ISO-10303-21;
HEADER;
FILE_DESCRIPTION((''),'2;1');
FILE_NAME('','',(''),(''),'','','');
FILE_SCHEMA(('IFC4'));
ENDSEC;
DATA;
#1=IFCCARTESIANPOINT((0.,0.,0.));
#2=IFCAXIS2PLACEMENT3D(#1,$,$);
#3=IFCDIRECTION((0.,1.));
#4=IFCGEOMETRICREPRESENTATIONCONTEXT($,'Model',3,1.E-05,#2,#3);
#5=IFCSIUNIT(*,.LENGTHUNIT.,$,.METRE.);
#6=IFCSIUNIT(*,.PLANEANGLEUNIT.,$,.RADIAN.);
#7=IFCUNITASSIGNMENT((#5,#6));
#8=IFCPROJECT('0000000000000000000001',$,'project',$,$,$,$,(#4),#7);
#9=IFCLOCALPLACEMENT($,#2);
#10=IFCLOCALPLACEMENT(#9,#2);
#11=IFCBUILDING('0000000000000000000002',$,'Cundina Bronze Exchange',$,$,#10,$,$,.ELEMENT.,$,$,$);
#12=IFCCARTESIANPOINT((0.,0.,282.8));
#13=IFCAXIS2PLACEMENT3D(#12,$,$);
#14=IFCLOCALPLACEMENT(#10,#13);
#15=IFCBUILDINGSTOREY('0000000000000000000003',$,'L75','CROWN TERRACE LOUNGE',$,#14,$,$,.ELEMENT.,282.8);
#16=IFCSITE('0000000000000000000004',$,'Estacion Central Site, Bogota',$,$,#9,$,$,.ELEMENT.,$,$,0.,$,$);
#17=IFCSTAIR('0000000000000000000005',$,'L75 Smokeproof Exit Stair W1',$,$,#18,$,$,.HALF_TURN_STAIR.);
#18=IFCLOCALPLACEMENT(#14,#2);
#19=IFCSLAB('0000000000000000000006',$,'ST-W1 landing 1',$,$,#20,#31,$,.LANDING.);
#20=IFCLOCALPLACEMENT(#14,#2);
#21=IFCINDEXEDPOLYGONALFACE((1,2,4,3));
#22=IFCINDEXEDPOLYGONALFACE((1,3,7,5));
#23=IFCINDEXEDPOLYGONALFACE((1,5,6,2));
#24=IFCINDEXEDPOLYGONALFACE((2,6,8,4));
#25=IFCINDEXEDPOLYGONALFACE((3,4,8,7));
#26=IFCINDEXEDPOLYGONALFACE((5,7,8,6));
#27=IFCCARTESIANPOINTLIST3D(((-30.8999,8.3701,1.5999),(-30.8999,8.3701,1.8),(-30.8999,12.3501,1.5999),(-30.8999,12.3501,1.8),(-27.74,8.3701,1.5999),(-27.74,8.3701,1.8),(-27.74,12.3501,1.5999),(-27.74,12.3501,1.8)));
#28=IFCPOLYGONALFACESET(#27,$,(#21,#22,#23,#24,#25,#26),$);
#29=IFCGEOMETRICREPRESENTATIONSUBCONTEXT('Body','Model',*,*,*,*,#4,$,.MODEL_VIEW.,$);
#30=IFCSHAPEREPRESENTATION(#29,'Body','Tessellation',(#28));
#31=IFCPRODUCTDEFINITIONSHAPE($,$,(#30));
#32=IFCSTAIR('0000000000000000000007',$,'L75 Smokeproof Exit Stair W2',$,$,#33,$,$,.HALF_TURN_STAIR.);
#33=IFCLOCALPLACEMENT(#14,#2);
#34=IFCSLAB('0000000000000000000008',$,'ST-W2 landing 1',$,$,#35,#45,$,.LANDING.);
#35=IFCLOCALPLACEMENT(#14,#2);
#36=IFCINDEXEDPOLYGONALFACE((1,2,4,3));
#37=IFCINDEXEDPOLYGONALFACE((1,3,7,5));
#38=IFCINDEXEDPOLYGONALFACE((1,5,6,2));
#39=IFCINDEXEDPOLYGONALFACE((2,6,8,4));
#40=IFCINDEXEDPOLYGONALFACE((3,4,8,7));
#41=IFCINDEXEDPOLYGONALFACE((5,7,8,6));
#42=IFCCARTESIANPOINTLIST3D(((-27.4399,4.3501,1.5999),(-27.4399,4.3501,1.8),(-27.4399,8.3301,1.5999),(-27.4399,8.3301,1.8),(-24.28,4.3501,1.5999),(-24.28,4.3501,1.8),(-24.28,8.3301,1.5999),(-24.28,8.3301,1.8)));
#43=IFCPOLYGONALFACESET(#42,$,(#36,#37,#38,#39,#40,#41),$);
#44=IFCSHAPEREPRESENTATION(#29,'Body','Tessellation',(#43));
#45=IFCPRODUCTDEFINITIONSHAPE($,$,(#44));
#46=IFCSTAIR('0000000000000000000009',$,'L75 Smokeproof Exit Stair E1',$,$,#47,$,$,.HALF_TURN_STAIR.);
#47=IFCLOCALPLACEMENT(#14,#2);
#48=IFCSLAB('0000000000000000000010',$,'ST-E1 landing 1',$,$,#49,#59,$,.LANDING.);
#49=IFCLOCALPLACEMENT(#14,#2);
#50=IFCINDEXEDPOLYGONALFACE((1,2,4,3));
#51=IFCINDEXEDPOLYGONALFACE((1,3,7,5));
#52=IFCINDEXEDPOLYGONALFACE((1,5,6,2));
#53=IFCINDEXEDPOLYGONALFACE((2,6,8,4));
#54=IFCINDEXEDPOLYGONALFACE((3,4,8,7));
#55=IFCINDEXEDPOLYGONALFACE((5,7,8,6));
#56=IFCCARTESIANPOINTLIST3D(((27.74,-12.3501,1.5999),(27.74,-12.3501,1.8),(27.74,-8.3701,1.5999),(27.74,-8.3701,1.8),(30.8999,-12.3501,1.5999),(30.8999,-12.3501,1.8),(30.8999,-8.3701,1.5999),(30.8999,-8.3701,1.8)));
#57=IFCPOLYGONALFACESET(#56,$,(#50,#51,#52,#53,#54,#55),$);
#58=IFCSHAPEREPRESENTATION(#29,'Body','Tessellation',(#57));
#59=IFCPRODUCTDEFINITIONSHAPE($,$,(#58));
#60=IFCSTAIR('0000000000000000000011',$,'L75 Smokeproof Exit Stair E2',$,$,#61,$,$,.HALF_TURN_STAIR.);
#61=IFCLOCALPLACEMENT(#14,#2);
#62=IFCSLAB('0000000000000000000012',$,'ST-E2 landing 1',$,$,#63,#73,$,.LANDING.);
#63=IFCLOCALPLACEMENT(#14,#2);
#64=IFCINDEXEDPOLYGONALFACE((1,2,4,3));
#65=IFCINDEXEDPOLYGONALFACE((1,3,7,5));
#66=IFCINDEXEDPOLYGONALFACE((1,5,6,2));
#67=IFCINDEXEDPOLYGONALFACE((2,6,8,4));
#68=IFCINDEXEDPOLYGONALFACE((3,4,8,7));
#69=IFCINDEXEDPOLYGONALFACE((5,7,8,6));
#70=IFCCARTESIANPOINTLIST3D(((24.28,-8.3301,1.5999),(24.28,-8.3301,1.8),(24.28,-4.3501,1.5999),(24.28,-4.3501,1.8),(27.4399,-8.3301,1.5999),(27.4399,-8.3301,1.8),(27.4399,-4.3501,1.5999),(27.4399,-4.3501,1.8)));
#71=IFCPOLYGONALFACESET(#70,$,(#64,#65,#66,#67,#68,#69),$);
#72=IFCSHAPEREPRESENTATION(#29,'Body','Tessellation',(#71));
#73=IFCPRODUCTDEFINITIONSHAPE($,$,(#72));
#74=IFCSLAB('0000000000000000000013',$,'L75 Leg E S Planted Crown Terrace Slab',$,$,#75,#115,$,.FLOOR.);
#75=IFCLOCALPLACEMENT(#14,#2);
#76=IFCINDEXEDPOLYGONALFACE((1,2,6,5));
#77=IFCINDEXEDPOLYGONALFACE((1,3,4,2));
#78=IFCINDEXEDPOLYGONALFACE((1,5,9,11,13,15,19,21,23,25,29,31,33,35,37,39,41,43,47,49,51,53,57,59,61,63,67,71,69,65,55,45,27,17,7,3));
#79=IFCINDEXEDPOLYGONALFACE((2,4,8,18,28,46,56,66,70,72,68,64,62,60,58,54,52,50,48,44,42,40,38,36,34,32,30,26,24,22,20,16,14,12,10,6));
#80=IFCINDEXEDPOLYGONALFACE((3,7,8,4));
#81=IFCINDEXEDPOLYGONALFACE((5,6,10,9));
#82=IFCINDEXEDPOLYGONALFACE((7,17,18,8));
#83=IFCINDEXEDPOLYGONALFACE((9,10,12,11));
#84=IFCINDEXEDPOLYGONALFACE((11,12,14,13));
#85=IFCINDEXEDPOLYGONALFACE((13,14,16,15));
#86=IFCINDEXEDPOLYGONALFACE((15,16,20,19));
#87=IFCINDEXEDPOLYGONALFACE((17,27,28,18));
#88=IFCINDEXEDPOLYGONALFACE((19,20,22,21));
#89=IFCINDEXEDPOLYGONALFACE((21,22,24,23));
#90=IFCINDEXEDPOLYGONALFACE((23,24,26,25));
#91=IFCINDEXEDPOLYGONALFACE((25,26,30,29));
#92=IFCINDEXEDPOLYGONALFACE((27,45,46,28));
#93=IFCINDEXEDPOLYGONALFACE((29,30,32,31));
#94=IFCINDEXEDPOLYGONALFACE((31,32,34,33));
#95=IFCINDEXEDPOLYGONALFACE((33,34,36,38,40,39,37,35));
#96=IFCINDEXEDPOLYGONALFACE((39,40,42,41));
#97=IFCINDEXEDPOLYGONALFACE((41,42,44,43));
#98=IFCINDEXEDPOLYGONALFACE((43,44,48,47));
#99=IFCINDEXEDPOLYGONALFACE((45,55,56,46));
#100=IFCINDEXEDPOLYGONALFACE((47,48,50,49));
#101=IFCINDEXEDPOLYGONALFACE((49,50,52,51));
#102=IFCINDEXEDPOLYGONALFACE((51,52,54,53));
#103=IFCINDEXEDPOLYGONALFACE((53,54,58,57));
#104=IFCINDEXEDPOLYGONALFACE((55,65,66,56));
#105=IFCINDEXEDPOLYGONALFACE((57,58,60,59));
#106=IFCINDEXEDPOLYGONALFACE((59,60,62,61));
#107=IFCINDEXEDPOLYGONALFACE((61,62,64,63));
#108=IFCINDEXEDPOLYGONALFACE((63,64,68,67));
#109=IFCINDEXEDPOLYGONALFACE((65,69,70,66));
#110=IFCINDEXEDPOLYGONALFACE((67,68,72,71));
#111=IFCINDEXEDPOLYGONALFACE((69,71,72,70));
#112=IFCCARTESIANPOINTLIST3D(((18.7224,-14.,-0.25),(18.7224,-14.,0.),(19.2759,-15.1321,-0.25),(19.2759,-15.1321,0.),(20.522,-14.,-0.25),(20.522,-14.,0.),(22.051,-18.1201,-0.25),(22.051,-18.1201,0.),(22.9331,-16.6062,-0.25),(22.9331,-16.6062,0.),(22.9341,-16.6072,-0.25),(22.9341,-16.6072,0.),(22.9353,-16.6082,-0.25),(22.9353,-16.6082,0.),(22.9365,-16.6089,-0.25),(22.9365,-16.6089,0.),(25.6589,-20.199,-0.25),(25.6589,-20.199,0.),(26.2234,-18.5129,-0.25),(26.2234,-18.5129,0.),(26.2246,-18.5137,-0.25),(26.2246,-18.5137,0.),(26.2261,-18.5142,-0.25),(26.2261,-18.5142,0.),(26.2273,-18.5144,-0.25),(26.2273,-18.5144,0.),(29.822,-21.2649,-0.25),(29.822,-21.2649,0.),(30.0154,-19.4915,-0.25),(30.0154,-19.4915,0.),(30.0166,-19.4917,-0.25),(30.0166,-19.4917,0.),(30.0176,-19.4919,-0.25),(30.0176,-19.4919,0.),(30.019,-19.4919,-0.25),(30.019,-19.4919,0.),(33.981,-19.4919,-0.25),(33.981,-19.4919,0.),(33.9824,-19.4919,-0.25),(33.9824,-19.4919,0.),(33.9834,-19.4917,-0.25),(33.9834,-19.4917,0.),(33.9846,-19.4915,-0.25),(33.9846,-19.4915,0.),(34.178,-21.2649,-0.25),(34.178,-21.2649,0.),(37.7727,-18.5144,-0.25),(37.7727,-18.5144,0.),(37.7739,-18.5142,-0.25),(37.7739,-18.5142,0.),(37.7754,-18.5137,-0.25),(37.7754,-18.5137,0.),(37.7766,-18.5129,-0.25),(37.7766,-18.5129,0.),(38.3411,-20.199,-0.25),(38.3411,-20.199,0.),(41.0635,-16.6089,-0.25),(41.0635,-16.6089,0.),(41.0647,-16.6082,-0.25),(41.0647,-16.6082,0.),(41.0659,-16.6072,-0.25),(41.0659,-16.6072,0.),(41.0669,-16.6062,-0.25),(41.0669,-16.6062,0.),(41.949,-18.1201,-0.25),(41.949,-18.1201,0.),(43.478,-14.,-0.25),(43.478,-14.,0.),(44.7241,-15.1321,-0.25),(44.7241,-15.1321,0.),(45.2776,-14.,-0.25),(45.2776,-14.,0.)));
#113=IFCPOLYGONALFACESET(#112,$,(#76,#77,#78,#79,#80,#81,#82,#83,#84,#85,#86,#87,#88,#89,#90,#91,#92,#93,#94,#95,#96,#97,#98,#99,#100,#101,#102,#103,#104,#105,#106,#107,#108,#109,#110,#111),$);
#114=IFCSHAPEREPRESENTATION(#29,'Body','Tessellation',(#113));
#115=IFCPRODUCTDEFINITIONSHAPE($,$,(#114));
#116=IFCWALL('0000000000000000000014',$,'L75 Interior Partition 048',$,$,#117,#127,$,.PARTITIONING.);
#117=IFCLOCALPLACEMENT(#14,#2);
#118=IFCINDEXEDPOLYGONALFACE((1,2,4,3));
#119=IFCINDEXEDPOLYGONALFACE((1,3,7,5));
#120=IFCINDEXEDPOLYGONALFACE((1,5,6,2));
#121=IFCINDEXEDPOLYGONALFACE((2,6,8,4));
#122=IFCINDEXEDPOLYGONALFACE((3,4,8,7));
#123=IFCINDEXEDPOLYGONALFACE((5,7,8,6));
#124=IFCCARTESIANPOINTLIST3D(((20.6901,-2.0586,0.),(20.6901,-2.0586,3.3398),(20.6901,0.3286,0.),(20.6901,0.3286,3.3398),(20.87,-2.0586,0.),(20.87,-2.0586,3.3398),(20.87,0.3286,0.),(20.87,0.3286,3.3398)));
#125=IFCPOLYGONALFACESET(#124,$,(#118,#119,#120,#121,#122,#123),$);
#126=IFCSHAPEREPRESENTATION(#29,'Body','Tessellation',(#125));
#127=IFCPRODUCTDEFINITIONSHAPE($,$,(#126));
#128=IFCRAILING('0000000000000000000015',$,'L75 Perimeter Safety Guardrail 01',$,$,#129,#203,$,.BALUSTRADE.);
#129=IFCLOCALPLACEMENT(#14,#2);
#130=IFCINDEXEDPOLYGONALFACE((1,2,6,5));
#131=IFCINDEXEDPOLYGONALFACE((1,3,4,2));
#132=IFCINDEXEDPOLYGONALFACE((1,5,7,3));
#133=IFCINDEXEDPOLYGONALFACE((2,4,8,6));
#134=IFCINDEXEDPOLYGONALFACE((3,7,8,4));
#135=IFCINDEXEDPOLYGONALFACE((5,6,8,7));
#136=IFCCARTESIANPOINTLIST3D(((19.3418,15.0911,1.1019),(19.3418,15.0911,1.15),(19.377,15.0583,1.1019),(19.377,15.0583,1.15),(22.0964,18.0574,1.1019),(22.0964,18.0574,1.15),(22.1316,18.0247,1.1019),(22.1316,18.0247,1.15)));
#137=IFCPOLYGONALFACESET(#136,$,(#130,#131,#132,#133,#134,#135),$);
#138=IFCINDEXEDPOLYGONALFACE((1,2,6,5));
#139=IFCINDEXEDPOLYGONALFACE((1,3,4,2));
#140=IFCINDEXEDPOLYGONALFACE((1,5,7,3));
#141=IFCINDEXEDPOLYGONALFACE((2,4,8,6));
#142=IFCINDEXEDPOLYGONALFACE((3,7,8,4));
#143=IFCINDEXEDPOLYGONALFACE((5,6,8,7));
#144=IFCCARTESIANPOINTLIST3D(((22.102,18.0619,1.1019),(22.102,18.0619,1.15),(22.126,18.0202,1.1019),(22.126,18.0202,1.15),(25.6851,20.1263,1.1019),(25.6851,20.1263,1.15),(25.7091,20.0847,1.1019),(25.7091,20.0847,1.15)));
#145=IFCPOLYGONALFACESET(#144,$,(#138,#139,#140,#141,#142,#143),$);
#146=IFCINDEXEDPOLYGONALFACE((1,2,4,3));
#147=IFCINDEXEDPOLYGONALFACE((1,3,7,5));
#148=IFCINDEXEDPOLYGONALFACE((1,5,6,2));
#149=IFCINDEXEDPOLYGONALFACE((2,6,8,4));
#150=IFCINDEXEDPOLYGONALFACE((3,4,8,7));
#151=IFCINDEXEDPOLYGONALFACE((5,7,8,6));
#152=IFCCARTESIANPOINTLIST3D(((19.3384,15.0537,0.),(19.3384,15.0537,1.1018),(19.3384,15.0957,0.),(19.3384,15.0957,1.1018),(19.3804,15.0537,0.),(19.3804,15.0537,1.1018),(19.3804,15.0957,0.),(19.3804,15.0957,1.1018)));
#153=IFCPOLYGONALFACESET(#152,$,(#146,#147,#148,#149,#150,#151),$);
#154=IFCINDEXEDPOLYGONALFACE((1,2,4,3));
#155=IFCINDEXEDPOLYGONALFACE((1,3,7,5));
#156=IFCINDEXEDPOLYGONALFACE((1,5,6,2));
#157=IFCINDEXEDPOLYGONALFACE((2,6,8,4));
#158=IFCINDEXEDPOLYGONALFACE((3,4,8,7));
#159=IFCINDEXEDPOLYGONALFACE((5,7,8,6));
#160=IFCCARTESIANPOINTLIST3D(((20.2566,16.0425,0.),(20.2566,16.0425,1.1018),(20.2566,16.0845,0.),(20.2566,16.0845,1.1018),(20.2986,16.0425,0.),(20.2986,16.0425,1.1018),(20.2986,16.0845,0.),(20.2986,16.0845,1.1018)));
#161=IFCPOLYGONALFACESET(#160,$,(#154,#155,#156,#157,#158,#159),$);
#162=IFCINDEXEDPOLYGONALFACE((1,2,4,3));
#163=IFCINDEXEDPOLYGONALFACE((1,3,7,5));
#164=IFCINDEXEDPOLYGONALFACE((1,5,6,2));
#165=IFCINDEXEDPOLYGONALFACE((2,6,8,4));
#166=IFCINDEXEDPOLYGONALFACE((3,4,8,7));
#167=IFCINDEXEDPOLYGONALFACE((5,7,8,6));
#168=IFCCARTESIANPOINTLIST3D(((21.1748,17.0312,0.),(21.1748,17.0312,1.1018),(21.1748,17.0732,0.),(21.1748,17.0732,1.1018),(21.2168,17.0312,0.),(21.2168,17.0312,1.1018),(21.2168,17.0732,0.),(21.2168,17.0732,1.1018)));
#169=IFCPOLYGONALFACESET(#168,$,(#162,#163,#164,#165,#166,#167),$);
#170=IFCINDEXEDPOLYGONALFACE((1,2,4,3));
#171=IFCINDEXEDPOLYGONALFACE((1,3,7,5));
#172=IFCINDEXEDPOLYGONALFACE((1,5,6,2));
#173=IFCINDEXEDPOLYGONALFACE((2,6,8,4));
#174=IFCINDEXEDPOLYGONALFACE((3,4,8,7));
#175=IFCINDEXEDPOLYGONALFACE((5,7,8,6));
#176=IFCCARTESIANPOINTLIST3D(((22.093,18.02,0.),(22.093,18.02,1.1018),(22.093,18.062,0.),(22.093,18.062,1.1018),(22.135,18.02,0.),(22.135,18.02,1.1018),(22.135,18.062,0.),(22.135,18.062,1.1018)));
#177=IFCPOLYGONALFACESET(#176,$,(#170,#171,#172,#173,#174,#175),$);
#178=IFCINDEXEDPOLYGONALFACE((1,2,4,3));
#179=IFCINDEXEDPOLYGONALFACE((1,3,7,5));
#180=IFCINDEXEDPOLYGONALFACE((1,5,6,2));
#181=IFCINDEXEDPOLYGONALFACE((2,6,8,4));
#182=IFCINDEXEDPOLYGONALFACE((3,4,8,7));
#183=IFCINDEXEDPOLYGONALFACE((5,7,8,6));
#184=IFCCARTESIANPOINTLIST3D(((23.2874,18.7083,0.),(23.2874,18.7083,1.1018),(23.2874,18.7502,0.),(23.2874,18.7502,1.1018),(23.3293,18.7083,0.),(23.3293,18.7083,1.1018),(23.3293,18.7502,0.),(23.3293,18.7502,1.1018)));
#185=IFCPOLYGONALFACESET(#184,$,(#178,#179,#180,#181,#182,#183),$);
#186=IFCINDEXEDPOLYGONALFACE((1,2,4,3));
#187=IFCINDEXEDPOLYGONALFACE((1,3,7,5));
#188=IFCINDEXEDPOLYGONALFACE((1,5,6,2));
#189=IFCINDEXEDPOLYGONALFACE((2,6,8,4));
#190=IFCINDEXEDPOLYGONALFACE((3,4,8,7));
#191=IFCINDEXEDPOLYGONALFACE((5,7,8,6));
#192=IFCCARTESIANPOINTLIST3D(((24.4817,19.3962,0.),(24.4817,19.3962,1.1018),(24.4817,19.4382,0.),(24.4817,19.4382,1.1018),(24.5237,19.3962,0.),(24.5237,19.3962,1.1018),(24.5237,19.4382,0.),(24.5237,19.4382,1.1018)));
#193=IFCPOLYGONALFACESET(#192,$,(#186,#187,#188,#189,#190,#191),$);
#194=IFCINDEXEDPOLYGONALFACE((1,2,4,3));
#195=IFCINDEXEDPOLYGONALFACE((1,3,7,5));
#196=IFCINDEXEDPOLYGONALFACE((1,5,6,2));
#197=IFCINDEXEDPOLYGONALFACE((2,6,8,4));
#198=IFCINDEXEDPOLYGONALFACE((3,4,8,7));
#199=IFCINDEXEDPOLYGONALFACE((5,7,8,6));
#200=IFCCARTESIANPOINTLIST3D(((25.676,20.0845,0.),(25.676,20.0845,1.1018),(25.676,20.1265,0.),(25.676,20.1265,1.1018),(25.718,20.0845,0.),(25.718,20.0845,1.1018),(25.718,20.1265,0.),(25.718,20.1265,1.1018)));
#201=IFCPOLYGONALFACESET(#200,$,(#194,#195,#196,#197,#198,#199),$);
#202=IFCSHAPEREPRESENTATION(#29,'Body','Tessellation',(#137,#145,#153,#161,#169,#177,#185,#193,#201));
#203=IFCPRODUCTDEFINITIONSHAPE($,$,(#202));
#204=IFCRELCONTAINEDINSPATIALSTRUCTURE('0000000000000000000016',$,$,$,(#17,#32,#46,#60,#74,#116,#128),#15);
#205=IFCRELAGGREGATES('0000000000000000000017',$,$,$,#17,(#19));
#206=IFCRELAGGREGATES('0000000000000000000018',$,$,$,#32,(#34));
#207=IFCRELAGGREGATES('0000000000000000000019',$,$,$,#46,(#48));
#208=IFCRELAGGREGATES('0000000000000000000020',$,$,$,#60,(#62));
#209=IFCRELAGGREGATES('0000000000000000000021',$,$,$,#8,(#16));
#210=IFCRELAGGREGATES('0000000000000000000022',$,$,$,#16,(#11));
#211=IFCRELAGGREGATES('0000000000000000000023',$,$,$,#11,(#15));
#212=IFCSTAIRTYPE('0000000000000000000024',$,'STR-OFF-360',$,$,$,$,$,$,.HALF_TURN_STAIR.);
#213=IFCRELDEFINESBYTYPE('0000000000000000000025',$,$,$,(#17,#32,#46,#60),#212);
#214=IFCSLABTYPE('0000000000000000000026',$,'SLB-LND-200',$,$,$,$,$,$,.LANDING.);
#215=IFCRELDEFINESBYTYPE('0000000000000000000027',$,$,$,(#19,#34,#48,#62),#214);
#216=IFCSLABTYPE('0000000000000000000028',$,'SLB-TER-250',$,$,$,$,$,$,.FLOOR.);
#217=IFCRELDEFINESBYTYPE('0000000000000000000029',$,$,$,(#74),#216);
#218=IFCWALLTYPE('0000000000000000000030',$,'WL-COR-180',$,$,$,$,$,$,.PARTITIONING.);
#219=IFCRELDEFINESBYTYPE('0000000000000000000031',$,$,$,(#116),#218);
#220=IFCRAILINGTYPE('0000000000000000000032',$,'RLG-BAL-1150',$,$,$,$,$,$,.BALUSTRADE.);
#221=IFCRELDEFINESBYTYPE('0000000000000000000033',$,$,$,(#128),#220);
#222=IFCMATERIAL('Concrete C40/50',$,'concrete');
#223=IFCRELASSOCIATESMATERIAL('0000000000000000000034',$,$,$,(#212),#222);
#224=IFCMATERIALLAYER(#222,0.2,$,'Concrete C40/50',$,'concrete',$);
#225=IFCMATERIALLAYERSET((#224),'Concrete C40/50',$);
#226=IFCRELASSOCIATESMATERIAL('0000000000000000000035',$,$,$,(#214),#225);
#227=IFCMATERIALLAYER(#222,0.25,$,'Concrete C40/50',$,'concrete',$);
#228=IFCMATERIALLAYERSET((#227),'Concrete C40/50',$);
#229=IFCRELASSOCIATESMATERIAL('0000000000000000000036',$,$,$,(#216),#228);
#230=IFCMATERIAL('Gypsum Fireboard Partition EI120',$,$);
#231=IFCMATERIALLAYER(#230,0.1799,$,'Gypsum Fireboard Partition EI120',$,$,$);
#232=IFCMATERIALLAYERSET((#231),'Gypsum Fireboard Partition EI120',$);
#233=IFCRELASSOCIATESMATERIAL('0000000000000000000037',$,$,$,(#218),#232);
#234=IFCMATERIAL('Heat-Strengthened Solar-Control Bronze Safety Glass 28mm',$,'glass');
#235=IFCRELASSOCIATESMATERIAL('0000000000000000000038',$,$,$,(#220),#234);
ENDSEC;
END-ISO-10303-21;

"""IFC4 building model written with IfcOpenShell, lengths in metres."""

from ifc_helpers import new_model, si_unit, direction, frame, frame_2d, origin, origin_2d, place, context, subcontext, project, spatial, polyline, rectangle, outline, extrude, material, layer, layer_set, type_object, element, aggregate, save


model = new_model("IFC4")

# Units and contexts
model_context = context("Model", 3, precision=1e-05, world=origin(), true_north=direction((0.0, 1.0)))
body_context = subcontext(model_context, "Body", "Model", "MODEL_VIEW")
ifc_project = project(units=[si_unit("LENGTHUNIT", "METRE"), si_unit("PLANEANGLEUNIT", "RADIAN")], contexts=[model_context])

# Site, building, storey
site_placement = place(None, origin())
site = spatial("IfcSite", under=ifc_project, at=site_placement, Name="Estacion Central Site, Bogota", CompositionType="ELEMENT", RefElevation=0.0)
building_placement = place(site_placement, origin())
building = spatial("IfcBuilding", under=site, at=building_placement, Name="Cundina Bronze Exchange", CompositionType="ELEMENT")
storey_placement = place(building_placement, frame((0.0, 0.0, 282.8)))
storey = spatial("IfcBuildingStorey", under=building, at=storey_placement, Name="L75", Description="CROWN TERRACE LOUNGE", CompositionType="ELEMENT", Elevation=282.8)

# Stairs, slabs
ifc_material_1 = material(Name="Concrete C40/50", Category="concrete")
stair_type = type_object("IfcStairType", Name="STR-OFF-360", PredefinedType="HALF_TURN_STAIR", material=ifc_material_1)
stair_1_placement = place(storey_placement, origin())
stair_1 = element("IfcStair", 1, at=stair_1_placement, inside=storey, type_object=stair_type, Name="L75 Smokeproof Exit Stair W1", PredefinedType="HALF_TURN_STAIR")
ifc_layer_1 = layer(ifc_material_1, 0.2, Name="Concrete C40/50", Category="concrete")
ifc_layer_set_1 = layer_set([ifc_layer_1], Name="Concrete C40/50")
slab_type_1 = type_object("IfcSlabType", Name="SLB-LND-200", PredefinedType="LANDING", material=ifc_layer_set_1)
slab_1_placement = place(storey_placement, frame((0.0, 0.0, 1.5999)))
slab_1 = element("IfcSlab", 2, at=slab_1_placement, type_object=slab_type_1, Name="ST-W1 landing 1", PredefinedType="LANDING", context=body_context, shape_type="SweptSolid", body=[
    extrude(outline(polyline([(-27.74, 8.3701), (-27.74, 12.3501), (-30.8999, 12.3501), (-30.8999, 8.3701), (-27.74, 8.3701)])), origin(), (0.0, 0.0, 1.0), 0.2002),
])
aggregate(stair_1, [slab_1])
stair_2_placement = place(storey_placement, origin())
stair_2 = element("IfcStair", 3, at=stair_2_placement, inside=storey, type_object=stair_type, Name="L75 Smokeproof Exit Stair W2", PredefinedType="HALF_TURN_STAIR")
slab_2_placement = place(storey_placement, frame((0.0, 0.0, 1.5999)))
slab_2 = element("IfcSlab", 4, at=slab_2_placement, type_object=slab_type_1, Name="ST-W2 landing 1", PredefinedType="LANDING", context=body_context, shape_type="SweptSolid", body=[
    extrude(outline(polyline([(-27.4399, 8.3301), (-27.4399, 4.3501), (-24.28, 4.3501), (-24.28, 8.3301), (-27.4399, 8.3301)])), origin(), (0.0, 0.0, 1.0), 0.2002),
])
aggregate(stair_2, [slab_2])
stair_3_placement = place(storey_placement, origin())
stair_3 = element("IfcStair", 5, at=stair_3_placement, inside=storey, type_object=stair_type, Name="L75 Smokeproof Exit Stair E1", PredefinedType="HALF_TURN_STAIR")
slab_3_placement = place(storey_placement, frame((0.0, 0.0, 1.5999)))
slab_3 = element("IfcSlab", 6, at=slab_3_placement, type_object=slab_type_1, Name="ST-E1 landing 1", PredefinedType="LANDING", context=body_context, shape_type="SweptSolid", body=[
    extrude(outline(polyline([(27.74, -8.3701), (27.74, -12.3501), (30.8999, -12.3501), (30.8999, -8.3701), (27.74, -8.3701)])), origin(), (0.0, 0.0, 1.0), 0.2002),
])
aggregate(stair_3, [slab_3])
stair_4_placement = place(storey_placement, origin())
stair_4 = element("IfcStair", 7, at=stair_4_placement, inside=storey, type_object=stair_type, Name="L75 Smokeproof Exit Stair E2", PredefinedType="HALF_TURN_STAIR")
slab_4_placement = place(storey_placement, frame((0.0, 0.0, 1.5999)))
slab_4 = element("IfcSlab", 8, at=slab_4_placement, type_object=slab_type_1, Name="ST-E2 landing 1", PredefinedType="LANDING", context=body_context, shape_type="SweptSolid", body=[
    extrude(outline(polyline([(27.4399, -8.3301), (27.4399, -4.3501), (24.28, -4.3501), (24.28, -8.3301), (27.4399, -8.3301)])), origin(), (0.0, 0.0, 1.0), 0.2002),
])
aggregate(stair_4, [slab_4])

# Slab
ifc_layer_2 = layer(ifc_material_1, 0.25, Name="Concrete C40/50", Category="concrete")
ifc_layer_set_2 = layer_set([ifc_layer_2], Name="Concrete C40/50")
slab_type_2 = type_object("IfcSlabType", Name="SLB-TER-250", PredefinedType="FLOOR", material=ifc_layer_set_2)
slab_5_placement = place(storey_placement, frame((0.0, 0.0, -0.25)))
element("IfcSlab", 9, at=slab_5_placement, inside=storey, type_object=slab_type_2, Name="L75 Leg E S Planted Crown Terrace Slab", PredefinedType="FLOOR", context=body_context, shape_type="SweptSolid", body=[
    extrude(outline(polyline([(44.7241, -15.1321), (41.949, -18.1201), (38.3411, -20.199), (34.178, -21.2649), (29.822, -21.2649), (25.6589, -20.199), (22.051, -18.1201), (19.2759, -15.1321), (18.7224, -14.0), (20.522, -14.0), (22.9331, -16.6062), (22.9341, -16.6072), (22.9353, -16.6082), (22.9365, -16.6089), (26.2234, -18.5129), (26.2246, -18.5137), (26.2261, -18.5142), (26.2273, -18.5144), (30.0154, -19.4915), (30.0166, -19.4917), (30.0176, -19.4919), (30.019, -19.4919), (33.981, -19.4919), (33.9824, -19.4919), (33.9834, -19.4917), (33.9846, -19.4915), (37.7727, -18.5144), (37.7739, -18.5142), (37.7754, -18.5137), (37.7766, -18.5129), (41.0635, -16.6089), (41.0647, -16.6082), (41.0659, -16.6072), (41.0669, -16.6062), (43.478, -14.0), (45.2776, -14.0), (44.7241, -15.1321)])), origin(), (0.0, 0.0, 1.0), 0.25),
])

# Shared definitions
ifc_material_2 = material(Name="Gypsum Fireboard Partition EI120")
ifc_layer_3 = layer(ifc_material_2, 0.1799, Name="Gypsum Fireboard Partition EI120")
ifc_layer_set_3 = layer_set([ifc_layer_3], Name="Gypsum Fireboard Partition EI120")
wall_type = type_object("IfcWallType", Name="WL-COR-180", PredefinedType="PARTITIONING", material=ifc_layer_set_3)

# Wall
wall_1_placement = place(storey_placement, frame((20.78, 0.3286, 0.0), z_axis=(0.0, 0.0, 1.0), x_axis=(0.0, -1.0, 0.0)))
element("IfcWall", 10, at=wall_1_placement, inside=storey, type_object=wall_type, Name="L75 Interior Partition 048", PredefinedType="PARTITIONING", context=body_context, shape_type="SweptSolid", body=[
    extrude(rectangle(XDim=2.3872, YDim=0.1799, at=frame_2d((1.1936, 0.0))), origin(), (0.0, 0.0, 1.0), 3.3398),
])

# Railing
ifc_material_3 = material(Name="Heat-Strengthened Solar-Control Bronze Safety Glass 28mm", Category="glass")
railing_type = type_object("IfcRailingType", Name="RLG-BAL-1150", PredefinedType="BALUSTRADE", material=ifc_material_3)
railing_1_placement = place(storey_placement, frame((19.3594, 15.0747, 0.0)))
element("IfcRailing", 11, at=railing_1_placement, inside=storey, type_object=railing_type, Name="L75 Perimeter Safety Guardrail 01", PredefinedType="BALUSTRADE", context=body_context, shape_type="SweptSolid", body=[
    extrude(rectangle(XDim=0.0481, YDim=0.0481, at=origin_2d()), frame((0.0, 0.0, 1.126), z_axis=(0.680479, 0.732768, 0.0), x_axis=(-0.732768, 0.680479, 0.0)), (0.0, 0.0, 1.0), 4.0481),
    extrude(rectangle(XDim=0.0481, YDim=0.0481, at=origin_2d()), frame((2.7546, 2.9663, 1.126), z_axis=(0.866465, 0.499239, 0.0), x_axis=(-0.499239, 0.866465, 0.0)), (0.0, 0.0, 1.0), 4.1353),
    extrude(rectangle(XDim=0.042, YDim=0.042, at=origin_2d()), origin(), (0.0, 0.0, 1.0), 1.1018),
    extrude(rectangle(XDim=0.042, YDim=0.042, at=origin_2d()), frame((0.9182, 0.9888, 0.0)), (0.0, 0.0, 1.0), 1.1018),
    extrude(rectangle(XDim=0.042, YDim=0.042, at=origin_2d()), frame((1.8364, 1.9775, 0.0)), (0.0, 0.0, 1.0), 1.1018),
    extrude(rectangle(XDim=0.042, YDim=0.042, at=origin_2d()), frame((2.7546, 2.9663, 0.0)), (0.0, 0.0, 1.0), 1.1018),
    extrude(rectangle(XDim=0.042, YDim=0.042, at=origin_2d()), frame((3.949, 3.6545, 0.0)), (0.0, 0.0, 1.0), 1.1018),
    extrude(rectangle(XDim=0.042, YDim=0.042, at=origin_2d()), frame((5.1433, 4.3425, 0.0)), (0.0, 0.0, 1.0), 1.1018),
    extrude(rectangle(XDim=0.042, YDim=0.042, at=origin_2d()), frame((6.3376, 5.0308, 0.0)), (0.0, 0.0, 1.0), 1.1018),
])

save(model, "model.ifc")
